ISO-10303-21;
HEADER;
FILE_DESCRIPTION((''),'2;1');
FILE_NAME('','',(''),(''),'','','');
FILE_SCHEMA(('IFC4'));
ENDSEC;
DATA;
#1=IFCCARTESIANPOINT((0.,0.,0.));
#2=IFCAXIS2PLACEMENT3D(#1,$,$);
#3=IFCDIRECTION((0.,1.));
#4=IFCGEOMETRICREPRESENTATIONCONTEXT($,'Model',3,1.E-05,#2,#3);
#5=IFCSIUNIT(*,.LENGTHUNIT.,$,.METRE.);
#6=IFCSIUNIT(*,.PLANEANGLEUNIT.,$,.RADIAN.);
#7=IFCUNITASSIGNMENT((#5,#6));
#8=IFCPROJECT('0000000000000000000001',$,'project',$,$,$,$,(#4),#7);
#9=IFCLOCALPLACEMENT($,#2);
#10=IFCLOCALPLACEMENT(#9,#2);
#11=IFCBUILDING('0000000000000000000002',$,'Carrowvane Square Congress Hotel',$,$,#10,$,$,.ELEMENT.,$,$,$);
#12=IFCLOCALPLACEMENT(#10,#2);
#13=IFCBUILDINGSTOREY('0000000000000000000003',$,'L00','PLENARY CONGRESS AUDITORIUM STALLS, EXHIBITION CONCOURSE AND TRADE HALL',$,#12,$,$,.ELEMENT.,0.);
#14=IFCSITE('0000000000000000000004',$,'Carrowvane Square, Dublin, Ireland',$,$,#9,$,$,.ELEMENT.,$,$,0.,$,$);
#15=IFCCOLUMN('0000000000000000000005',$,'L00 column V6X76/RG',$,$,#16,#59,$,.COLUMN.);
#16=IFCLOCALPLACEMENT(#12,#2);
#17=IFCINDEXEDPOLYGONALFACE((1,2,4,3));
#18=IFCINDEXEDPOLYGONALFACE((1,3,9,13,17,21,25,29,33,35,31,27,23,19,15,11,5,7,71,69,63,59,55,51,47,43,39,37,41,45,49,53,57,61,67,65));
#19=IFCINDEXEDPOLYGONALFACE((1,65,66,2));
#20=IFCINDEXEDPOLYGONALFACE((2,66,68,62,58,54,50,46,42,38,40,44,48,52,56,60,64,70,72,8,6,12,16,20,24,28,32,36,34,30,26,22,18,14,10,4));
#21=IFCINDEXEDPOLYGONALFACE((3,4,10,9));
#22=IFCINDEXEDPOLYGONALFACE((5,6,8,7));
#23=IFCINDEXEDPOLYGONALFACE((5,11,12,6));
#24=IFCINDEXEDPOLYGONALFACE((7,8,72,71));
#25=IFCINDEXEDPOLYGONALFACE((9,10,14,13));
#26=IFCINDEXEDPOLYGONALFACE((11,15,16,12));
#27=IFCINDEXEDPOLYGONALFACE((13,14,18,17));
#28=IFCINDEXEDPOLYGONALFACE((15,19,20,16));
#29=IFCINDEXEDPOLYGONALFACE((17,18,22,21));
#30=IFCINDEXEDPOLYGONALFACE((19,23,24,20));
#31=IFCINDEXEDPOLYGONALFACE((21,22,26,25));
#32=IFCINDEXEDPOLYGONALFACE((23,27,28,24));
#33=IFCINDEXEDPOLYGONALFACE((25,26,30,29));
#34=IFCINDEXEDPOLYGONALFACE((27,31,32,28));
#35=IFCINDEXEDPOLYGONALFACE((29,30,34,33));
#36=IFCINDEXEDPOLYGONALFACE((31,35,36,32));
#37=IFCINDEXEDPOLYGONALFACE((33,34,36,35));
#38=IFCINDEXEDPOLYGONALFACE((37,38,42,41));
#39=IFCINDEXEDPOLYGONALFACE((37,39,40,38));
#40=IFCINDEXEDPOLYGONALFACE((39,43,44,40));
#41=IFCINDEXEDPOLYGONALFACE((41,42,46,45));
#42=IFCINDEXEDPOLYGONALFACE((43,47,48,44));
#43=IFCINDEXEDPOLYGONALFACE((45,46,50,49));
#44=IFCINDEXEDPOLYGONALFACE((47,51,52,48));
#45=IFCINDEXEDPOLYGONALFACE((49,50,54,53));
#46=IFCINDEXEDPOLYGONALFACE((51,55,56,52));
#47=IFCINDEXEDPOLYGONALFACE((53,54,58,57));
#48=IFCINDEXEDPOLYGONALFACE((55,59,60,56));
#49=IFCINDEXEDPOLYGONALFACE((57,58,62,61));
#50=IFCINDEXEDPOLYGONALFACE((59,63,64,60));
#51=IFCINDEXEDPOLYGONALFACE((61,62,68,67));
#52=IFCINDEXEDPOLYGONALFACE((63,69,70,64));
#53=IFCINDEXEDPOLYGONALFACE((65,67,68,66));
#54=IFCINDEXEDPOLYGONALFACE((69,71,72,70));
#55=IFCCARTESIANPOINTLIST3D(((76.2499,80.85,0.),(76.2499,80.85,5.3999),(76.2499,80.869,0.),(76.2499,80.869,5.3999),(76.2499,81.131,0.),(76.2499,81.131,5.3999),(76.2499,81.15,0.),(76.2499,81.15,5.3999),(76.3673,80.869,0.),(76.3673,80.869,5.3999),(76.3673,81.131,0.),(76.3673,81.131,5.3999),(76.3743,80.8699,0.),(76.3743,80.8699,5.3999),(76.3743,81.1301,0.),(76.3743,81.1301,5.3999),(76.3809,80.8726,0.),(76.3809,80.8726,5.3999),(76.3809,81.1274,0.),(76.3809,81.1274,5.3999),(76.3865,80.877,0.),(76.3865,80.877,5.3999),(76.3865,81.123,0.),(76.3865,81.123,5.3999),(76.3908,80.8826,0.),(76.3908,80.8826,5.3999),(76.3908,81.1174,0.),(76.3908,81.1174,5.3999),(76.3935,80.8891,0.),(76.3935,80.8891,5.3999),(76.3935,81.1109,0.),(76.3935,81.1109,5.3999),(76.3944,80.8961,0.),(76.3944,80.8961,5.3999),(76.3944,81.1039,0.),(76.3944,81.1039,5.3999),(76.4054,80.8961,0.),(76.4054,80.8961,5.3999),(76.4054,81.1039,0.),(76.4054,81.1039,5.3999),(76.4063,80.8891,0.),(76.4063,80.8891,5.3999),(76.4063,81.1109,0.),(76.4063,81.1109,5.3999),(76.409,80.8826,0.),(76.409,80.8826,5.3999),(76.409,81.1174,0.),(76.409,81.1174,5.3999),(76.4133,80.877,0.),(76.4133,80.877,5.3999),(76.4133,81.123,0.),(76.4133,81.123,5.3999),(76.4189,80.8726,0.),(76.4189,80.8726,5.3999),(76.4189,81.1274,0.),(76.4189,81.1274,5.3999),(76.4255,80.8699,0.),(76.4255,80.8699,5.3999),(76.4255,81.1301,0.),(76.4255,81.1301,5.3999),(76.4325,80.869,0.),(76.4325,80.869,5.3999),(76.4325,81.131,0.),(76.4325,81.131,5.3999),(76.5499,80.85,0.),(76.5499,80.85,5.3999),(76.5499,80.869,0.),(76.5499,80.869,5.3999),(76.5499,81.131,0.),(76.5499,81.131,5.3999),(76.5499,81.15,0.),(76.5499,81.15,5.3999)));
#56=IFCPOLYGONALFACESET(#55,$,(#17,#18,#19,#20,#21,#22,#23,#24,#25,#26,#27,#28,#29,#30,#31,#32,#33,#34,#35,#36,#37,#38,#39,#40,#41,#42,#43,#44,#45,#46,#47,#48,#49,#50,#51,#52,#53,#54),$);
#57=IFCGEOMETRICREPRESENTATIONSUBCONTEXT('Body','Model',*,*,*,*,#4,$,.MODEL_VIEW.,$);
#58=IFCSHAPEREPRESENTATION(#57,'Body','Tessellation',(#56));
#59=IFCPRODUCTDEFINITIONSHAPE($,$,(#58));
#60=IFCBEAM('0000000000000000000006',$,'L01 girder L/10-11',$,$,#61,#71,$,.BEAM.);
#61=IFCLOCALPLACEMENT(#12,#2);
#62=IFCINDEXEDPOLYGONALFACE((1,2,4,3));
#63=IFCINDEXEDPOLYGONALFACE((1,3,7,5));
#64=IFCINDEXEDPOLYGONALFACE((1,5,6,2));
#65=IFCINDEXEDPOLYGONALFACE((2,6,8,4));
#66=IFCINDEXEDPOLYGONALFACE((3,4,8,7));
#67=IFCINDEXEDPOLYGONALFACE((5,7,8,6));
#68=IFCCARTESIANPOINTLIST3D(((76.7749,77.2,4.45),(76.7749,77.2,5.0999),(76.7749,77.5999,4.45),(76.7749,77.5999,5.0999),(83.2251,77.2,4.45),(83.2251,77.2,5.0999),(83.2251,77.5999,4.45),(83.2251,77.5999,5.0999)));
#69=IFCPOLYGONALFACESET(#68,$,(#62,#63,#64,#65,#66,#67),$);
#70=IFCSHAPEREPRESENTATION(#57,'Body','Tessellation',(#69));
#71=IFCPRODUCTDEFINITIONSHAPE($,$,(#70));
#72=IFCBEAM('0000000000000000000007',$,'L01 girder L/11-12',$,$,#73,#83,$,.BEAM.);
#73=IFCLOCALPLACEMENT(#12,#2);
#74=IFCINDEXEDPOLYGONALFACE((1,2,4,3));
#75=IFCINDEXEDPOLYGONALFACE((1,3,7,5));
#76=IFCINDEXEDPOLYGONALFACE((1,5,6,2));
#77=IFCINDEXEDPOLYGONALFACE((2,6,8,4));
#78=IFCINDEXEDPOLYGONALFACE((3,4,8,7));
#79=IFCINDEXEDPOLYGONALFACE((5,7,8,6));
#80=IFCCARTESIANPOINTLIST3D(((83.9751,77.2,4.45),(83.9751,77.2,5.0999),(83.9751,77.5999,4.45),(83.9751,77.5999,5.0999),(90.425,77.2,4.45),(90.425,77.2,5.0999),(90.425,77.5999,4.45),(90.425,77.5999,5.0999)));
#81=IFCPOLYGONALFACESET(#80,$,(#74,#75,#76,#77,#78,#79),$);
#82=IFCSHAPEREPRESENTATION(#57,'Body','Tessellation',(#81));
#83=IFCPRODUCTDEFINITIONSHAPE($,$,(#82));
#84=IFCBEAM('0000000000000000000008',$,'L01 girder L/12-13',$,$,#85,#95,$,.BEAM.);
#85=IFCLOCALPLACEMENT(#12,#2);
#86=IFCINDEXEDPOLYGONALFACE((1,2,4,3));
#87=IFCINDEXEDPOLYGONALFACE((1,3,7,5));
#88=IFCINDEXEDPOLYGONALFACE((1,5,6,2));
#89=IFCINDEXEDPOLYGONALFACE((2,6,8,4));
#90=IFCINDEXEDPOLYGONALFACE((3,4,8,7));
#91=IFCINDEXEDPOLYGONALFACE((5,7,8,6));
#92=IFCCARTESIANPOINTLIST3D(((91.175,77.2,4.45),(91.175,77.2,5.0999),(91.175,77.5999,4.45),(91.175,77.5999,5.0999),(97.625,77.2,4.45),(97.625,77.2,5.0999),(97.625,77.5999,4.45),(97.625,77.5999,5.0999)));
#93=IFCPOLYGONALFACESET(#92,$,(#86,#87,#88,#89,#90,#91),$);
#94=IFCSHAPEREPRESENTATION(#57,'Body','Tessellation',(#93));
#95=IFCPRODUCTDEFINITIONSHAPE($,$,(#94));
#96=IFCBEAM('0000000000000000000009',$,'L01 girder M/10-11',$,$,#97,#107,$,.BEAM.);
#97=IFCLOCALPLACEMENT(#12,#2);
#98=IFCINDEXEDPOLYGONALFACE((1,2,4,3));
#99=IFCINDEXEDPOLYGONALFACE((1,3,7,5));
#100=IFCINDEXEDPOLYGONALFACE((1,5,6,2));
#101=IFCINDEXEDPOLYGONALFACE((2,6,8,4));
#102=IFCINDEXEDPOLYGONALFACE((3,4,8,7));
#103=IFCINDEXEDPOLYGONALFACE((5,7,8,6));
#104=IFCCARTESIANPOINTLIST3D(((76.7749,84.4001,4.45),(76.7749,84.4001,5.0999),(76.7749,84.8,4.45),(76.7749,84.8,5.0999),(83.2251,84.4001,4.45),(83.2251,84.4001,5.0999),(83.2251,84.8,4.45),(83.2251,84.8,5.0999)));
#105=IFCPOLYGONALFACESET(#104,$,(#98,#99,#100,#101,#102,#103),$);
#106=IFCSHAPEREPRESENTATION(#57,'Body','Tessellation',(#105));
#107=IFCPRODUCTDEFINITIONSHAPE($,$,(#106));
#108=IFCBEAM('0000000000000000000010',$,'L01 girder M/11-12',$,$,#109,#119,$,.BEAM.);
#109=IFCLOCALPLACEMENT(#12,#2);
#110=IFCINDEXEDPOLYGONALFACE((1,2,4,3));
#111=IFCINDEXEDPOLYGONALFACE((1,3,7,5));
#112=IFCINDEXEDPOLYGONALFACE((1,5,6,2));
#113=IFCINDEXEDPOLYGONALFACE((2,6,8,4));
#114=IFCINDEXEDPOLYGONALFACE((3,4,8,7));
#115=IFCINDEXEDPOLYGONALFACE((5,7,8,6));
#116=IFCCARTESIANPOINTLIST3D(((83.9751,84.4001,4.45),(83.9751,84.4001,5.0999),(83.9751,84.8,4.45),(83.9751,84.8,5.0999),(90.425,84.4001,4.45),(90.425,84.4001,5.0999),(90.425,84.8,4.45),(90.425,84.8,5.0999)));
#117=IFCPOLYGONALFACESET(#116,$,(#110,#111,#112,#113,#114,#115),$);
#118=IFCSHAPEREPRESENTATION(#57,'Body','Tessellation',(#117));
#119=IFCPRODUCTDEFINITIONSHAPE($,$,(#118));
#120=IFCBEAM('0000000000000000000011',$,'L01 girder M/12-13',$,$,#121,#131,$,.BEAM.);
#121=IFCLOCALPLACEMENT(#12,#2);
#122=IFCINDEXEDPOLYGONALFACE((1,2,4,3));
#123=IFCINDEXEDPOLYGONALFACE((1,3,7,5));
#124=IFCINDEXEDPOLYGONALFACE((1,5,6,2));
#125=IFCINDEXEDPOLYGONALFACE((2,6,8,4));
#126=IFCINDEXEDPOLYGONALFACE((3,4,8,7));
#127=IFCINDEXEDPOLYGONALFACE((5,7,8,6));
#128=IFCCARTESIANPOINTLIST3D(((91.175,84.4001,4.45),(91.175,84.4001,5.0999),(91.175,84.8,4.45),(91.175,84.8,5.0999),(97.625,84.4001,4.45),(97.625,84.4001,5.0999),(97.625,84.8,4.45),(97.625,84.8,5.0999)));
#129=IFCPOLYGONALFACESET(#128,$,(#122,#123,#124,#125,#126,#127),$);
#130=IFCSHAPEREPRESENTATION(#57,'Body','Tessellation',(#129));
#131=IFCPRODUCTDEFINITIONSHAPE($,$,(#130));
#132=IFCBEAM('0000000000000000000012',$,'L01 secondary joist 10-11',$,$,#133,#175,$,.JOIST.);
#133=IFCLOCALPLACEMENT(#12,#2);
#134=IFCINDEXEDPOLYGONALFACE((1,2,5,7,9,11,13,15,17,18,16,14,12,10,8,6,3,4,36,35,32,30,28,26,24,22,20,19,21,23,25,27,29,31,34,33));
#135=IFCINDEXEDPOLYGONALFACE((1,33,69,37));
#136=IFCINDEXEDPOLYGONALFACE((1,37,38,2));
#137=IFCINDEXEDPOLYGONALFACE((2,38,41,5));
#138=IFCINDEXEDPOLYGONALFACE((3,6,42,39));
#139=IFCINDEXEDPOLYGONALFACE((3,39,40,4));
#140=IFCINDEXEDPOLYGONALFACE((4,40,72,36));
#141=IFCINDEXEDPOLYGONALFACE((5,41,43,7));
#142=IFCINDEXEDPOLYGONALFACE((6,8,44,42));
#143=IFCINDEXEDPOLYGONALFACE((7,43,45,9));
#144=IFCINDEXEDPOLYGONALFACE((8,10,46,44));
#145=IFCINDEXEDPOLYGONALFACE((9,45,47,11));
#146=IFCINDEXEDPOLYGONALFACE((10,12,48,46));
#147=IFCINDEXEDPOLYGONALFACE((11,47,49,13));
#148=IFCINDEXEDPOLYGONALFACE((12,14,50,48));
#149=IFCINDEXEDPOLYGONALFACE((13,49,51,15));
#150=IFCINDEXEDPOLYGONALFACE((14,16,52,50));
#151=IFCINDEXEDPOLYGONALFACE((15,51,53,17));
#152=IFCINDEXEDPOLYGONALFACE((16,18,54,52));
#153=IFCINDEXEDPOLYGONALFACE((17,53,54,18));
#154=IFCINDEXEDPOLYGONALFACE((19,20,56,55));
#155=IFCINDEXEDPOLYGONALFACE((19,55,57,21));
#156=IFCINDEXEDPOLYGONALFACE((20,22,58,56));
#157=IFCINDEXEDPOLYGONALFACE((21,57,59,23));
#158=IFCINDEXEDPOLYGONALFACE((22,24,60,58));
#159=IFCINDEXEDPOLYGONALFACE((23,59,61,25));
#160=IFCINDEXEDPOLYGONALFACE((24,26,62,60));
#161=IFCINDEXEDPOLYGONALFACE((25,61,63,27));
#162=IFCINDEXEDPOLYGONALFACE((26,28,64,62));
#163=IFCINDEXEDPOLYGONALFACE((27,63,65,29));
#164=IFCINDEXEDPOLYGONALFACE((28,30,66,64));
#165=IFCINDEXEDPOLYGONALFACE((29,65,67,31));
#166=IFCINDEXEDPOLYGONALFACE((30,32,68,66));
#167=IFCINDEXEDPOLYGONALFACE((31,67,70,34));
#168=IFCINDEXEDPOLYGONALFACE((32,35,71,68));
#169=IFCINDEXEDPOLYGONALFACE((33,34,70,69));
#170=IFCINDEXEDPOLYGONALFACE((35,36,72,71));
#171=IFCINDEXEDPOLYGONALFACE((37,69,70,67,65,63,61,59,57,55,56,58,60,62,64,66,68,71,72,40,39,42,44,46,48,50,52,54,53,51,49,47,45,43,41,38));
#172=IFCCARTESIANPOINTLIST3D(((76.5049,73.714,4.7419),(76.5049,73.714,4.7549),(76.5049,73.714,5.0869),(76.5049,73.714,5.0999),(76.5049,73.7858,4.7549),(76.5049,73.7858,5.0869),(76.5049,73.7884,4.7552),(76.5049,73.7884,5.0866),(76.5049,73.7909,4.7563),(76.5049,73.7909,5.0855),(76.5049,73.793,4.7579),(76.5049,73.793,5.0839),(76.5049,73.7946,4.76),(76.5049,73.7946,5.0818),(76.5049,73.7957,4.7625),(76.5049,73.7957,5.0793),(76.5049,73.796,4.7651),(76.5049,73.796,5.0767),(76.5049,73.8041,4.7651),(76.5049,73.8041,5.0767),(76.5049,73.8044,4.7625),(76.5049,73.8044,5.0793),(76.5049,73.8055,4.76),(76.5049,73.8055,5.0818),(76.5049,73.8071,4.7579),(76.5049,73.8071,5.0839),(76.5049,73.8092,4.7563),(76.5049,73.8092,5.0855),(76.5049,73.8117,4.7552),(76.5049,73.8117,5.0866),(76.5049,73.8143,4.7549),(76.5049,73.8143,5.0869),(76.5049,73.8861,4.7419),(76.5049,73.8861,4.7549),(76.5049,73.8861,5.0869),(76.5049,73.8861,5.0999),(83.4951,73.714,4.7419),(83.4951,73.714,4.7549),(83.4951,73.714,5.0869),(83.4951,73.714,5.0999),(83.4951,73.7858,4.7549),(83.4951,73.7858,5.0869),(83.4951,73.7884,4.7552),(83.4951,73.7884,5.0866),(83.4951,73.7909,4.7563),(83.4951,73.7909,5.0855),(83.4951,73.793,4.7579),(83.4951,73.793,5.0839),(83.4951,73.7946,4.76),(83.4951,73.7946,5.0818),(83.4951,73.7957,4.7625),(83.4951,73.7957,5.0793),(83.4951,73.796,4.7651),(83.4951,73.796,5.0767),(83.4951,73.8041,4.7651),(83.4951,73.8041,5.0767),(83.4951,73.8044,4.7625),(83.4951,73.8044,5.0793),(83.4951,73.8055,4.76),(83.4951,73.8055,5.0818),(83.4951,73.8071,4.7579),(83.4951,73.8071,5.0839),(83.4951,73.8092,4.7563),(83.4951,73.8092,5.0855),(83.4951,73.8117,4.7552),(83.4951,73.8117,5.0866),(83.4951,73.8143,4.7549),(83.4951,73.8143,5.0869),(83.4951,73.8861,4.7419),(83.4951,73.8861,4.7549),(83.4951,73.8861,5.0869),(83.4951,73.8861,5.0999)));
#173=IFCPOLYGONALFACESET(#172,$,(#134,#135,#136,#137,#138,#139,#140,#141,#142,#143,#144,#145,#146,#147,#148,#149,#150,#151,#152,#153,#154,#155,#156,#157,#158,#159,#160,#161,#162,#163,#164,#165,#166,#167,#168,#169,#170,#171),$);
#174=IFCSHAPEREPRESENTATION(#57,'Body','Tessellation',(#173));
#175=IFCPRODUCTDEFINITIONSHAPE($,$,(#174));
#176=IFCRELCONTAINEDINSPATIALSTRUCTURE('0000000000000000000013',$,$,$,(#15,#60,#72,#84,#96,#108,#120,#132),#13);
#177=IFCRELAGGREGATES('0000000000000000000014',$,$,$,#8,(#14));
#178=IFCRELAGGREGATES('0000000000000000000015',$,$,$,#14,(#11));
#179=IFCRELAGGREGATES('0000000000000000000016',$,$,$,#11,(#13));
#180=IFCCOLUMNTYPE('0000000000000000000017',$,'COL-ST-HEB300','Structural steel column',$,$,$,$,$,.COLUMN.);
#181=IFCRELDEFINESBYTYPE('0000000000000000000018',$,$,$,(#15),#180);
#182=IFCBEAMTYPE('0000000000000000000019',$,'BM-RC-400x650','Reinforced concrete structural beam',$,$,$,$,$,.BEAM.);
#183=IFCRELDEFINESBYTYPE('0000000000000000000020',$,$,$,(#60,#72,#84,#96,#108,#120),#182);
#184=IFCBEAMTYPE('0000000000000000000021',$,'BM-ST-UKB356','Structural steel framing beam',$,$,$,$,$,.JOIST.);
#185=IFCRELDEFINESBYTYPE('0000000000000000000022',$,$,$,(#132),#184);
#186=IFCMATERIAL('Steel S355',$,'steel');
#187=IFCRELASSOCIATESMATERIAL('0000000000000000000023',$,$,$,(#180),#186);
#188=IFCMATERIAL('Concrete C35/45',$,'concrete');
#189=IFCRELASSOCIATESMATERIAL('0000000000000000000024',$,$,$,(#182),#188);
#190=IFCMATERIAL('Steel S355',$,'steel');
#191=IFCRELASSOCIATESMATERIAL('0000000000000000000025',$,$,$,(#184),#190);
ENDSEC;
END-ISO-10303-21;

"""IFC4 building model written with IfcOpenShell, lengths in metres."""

from ifc_helpers import new_model, si_unit, direction, frame, origin, origin_2d, place, context, subcontext, project, spatial, rectangle, i_section, extrude, material, material_profile, profile_set, type_object, element, save


model = new_model("IFC4")

# Units and contexts
model_context = context("Model", 3, precision=1e-05, world=origin(), true_north=direction((0.0, 1.0)))
body_context = subcontext(model_context, "Body", "Model", "MODEL_VIEW")
ifc_project = project(units=[si_unit("LENGTHUNIT", "METRE"), si_unit("PLANEANGLEUNIT", "RADIAN")], contexts=[model_context])

# Site, building, storey
site_placement = place(None, origin())
site = spatial("IfcSite", under=ifc_project, at=site_placement, Name="Carrowvane Square, Dublin, Ireland", CompositionType="ELEMENT", RefElevation=0.0)
building_placement = place(site_placement, origin())
building = spatial("IfcBuilding", under=site, at=building_placement, Name="Carrowvane Square Congress Hotel", CompositionType="ELEMENT")
storey_placement = place(building_placement, origin())
storey = spatial("IfcBuildingStorey", under=building, at=storey_placement, Name="L00", Description="PLENARY CONGRESS AUDITORIUM STALLS, EXHIBITION CONCOURSE AND TRADE HALL", CompositionType="ELEMENT", Elevation=0.0)

# Column
ifc_material_1 = material(Name="Steel S355", Category="steel")
ifc_material_profile_1 = material_profile(ifc_material_1, i_section(OverallWidth=0.3, OverallDepth=0.3, WebThickness=0.011, FlangeThickness=0.019, FilletRadius=0.0271, at=origin_2d()), Name="HEB 300")
ifc_profile_set_1 = profile_set([ifc_material_profile_1], Name="Steel S355")
column_type_1 = type_object("IfcColumnType", Name="COL-ST-HEB300", Description="Structural steel column", PredefinedType="COLUMN", material=ifc_profile_set_1)
column_placement = place(storey_placement, frame((76.3999, 81.0, 0.0), z_axis=(0.0, 0.0, 1.0), x_axis=(1.0, 0.0, 0.0)))
element("IfcColumn", 1, at=column_placement, inside=storey, type_object=column_type_1, Name="L00 column V6X76/RG", PredefinedType="COLUMN", context=body_context, shape_type="SweptSolid", body=[
    extrude(i_section(OverallWidth=0.3, OverallDepth=0.3, WebThickness=0.011, FlangeThickness=0.019, FilletRadius=0.0271, at=origin_2d()), origin(), (0.0, 0.0, 1.0), 5.3999),
])

# Beams
ifc_material_2 = material(Name="Concrete C35/45", Category="concrete")
ifc_material_profile_2 = material_profile(ifc_material_2, rectangle(XDim=0.3999, YDim=0.6499, at=origin_2d()), Name="RC 400x650")
ifc_profile_set_2 = profile_set([ifc_material_profile_2], Name="Concrete C35/45")
beam_type_1 = type_object("IfcBeamType", Name="BM-RC-400x650", Description="Reinforced concrete structural beam", PredefinedType="BEAM", material=ifc_profile_set_2)
beam_1_placement = place(storey_placement, frame((76.7749, 77.3999, 4.7749), z_axis=(1.0, 0.0, 0.0), x_axis=(0.0, 1.0, 0.0)))
element("IfcBeam", 2, at=beam_1_placement, inside=storey, type_object=beam_type_1, Name="L01 girder L/10-11", PredefinedType="BEAM", context=body_context, shape_type="SweptSolid", body=[
    extrude(rectangle(XDim=0.3999, YDim=0.6499, at=origin_2d()), origin(), (0.0, 0.0, 1.0), 6.4502),
])
for number, where, z_axis, x_axis, name in (
    (3, (83.9751, 77.3999, 4.7749), (1.0, 0.0, 0.0), (0.0, 1.0, 0.0), "L01 girder L/11-12"),
    (4, (91.175, 77.3999, 4.7749), (1.0, 0.0, 0.0), (0.0, 1.0, 0.0), "L01 girder L/12-13"),
):
    element("IfcBeam", number, at=place(storey_placement, frame(where, z_axis=z_axis, x_axis=x_axis)), inside=storey, type_object=beam_type_1, Name=name, PredefinedType="BEAM", context=body_context, shape_type="SweptSolid", body=[
        extrude(rectangle(XDim=0.3999, YDim=0.6499, at=origin_2d()), origin(), (0.0, 0.0, 1.0), 6.45),
    ])
beam_2_placement = place(storey_placement, frame((76.7749, 84.6001, 4.7749), z_axis=(1.0, 0.0, 0.0), x_axis=(0.0, 1.0, 0.0)))
element("IfcBeam", 5, at=beam_2_placement, inside=storey, type_object=beam_type_1, Name="L01 girder M/10-11", PredefinedType="BEAM", context=body_context, shape_type="SweptSolid", body=[
    extrude(rectangle(XDim=0.3999, YDim=0.6499, at=origin_2d()), origin(), (0.0, 0.0, 1.0), 6.4502),
])
for number, where, z_axis, x_axis, name in (
    (6, (83.9751, 84.6001, 4.7749), (1.0, 0.0, 0.0), (0.0, 1.0, 0.0), "L01 girder M/11-12"),
    (7, (91.175, 84.6001, 4.7749), (1.0, 0.0, 0.0), (0.0, 1.0, 0.0), "L01 girder M/12-13"),
):
    element("IfcBeam", number, at=place(storey_placement, frame(where, z_axis=z_axis, x_axis=x_axis)), inside=storey, type_object=beam_type_1, Name=name, PredefinedType="BEAM", context=body_context, shape_type="SweptSolid", body=[
        extrude(rectangle(XDim=0.3999, YDim=0.6499, at=origin_2d()), origin(), (0.0, 0.0, 1.0), 6.45),
    ])
ifc_material_3 = material(Name="Steel S355", Category="steel")
ifc_material_profile_3 = material_profile(ifc_material_3, i_section(OverallWidth=0.1721, OverallDepth=0.3579, WebThickness=0.0081, FlangeThickness=0.0129, FilletRadius=0.0103, at=origin_2d()), Name="UKB 356x171x57")
ifc_profile_set_3 = profile_set([ifc_material_profile_3], Name="Steel S355")
beam_type_2 = type_object("IfcBeamType", Name="BM-ST-UKB356", Description="Structural steel framing beam", PredefinedType="JOIST", material=ifc_profile_set_3)
beam_3_placement = place(storey_placement, frame((76.5049, 73.8, 4.9209), z_axis=(1.0, 0.0, 0.0), x_axis=(0.0, 1.0, 0.0)))
element("IfcBeam", 8, at=beam_3_placement, inside=storey, type_object=beam_type_2, Name="L01 secondary joist 10-11", PredefinedType="JOIST", context=body_context, shape_type="SweptSolid", body=[
    extrude(i_section(OverallWidth=0.1721, OverallDepth=0.3579, WebThickness=0.0081, FlangeThickness=0.0129, FilletRadius=0.0103, at=origin_2d()), origin(), (0.0, 0.0, 1.0), 6.9902),
])

save(model, "model.ifc")
